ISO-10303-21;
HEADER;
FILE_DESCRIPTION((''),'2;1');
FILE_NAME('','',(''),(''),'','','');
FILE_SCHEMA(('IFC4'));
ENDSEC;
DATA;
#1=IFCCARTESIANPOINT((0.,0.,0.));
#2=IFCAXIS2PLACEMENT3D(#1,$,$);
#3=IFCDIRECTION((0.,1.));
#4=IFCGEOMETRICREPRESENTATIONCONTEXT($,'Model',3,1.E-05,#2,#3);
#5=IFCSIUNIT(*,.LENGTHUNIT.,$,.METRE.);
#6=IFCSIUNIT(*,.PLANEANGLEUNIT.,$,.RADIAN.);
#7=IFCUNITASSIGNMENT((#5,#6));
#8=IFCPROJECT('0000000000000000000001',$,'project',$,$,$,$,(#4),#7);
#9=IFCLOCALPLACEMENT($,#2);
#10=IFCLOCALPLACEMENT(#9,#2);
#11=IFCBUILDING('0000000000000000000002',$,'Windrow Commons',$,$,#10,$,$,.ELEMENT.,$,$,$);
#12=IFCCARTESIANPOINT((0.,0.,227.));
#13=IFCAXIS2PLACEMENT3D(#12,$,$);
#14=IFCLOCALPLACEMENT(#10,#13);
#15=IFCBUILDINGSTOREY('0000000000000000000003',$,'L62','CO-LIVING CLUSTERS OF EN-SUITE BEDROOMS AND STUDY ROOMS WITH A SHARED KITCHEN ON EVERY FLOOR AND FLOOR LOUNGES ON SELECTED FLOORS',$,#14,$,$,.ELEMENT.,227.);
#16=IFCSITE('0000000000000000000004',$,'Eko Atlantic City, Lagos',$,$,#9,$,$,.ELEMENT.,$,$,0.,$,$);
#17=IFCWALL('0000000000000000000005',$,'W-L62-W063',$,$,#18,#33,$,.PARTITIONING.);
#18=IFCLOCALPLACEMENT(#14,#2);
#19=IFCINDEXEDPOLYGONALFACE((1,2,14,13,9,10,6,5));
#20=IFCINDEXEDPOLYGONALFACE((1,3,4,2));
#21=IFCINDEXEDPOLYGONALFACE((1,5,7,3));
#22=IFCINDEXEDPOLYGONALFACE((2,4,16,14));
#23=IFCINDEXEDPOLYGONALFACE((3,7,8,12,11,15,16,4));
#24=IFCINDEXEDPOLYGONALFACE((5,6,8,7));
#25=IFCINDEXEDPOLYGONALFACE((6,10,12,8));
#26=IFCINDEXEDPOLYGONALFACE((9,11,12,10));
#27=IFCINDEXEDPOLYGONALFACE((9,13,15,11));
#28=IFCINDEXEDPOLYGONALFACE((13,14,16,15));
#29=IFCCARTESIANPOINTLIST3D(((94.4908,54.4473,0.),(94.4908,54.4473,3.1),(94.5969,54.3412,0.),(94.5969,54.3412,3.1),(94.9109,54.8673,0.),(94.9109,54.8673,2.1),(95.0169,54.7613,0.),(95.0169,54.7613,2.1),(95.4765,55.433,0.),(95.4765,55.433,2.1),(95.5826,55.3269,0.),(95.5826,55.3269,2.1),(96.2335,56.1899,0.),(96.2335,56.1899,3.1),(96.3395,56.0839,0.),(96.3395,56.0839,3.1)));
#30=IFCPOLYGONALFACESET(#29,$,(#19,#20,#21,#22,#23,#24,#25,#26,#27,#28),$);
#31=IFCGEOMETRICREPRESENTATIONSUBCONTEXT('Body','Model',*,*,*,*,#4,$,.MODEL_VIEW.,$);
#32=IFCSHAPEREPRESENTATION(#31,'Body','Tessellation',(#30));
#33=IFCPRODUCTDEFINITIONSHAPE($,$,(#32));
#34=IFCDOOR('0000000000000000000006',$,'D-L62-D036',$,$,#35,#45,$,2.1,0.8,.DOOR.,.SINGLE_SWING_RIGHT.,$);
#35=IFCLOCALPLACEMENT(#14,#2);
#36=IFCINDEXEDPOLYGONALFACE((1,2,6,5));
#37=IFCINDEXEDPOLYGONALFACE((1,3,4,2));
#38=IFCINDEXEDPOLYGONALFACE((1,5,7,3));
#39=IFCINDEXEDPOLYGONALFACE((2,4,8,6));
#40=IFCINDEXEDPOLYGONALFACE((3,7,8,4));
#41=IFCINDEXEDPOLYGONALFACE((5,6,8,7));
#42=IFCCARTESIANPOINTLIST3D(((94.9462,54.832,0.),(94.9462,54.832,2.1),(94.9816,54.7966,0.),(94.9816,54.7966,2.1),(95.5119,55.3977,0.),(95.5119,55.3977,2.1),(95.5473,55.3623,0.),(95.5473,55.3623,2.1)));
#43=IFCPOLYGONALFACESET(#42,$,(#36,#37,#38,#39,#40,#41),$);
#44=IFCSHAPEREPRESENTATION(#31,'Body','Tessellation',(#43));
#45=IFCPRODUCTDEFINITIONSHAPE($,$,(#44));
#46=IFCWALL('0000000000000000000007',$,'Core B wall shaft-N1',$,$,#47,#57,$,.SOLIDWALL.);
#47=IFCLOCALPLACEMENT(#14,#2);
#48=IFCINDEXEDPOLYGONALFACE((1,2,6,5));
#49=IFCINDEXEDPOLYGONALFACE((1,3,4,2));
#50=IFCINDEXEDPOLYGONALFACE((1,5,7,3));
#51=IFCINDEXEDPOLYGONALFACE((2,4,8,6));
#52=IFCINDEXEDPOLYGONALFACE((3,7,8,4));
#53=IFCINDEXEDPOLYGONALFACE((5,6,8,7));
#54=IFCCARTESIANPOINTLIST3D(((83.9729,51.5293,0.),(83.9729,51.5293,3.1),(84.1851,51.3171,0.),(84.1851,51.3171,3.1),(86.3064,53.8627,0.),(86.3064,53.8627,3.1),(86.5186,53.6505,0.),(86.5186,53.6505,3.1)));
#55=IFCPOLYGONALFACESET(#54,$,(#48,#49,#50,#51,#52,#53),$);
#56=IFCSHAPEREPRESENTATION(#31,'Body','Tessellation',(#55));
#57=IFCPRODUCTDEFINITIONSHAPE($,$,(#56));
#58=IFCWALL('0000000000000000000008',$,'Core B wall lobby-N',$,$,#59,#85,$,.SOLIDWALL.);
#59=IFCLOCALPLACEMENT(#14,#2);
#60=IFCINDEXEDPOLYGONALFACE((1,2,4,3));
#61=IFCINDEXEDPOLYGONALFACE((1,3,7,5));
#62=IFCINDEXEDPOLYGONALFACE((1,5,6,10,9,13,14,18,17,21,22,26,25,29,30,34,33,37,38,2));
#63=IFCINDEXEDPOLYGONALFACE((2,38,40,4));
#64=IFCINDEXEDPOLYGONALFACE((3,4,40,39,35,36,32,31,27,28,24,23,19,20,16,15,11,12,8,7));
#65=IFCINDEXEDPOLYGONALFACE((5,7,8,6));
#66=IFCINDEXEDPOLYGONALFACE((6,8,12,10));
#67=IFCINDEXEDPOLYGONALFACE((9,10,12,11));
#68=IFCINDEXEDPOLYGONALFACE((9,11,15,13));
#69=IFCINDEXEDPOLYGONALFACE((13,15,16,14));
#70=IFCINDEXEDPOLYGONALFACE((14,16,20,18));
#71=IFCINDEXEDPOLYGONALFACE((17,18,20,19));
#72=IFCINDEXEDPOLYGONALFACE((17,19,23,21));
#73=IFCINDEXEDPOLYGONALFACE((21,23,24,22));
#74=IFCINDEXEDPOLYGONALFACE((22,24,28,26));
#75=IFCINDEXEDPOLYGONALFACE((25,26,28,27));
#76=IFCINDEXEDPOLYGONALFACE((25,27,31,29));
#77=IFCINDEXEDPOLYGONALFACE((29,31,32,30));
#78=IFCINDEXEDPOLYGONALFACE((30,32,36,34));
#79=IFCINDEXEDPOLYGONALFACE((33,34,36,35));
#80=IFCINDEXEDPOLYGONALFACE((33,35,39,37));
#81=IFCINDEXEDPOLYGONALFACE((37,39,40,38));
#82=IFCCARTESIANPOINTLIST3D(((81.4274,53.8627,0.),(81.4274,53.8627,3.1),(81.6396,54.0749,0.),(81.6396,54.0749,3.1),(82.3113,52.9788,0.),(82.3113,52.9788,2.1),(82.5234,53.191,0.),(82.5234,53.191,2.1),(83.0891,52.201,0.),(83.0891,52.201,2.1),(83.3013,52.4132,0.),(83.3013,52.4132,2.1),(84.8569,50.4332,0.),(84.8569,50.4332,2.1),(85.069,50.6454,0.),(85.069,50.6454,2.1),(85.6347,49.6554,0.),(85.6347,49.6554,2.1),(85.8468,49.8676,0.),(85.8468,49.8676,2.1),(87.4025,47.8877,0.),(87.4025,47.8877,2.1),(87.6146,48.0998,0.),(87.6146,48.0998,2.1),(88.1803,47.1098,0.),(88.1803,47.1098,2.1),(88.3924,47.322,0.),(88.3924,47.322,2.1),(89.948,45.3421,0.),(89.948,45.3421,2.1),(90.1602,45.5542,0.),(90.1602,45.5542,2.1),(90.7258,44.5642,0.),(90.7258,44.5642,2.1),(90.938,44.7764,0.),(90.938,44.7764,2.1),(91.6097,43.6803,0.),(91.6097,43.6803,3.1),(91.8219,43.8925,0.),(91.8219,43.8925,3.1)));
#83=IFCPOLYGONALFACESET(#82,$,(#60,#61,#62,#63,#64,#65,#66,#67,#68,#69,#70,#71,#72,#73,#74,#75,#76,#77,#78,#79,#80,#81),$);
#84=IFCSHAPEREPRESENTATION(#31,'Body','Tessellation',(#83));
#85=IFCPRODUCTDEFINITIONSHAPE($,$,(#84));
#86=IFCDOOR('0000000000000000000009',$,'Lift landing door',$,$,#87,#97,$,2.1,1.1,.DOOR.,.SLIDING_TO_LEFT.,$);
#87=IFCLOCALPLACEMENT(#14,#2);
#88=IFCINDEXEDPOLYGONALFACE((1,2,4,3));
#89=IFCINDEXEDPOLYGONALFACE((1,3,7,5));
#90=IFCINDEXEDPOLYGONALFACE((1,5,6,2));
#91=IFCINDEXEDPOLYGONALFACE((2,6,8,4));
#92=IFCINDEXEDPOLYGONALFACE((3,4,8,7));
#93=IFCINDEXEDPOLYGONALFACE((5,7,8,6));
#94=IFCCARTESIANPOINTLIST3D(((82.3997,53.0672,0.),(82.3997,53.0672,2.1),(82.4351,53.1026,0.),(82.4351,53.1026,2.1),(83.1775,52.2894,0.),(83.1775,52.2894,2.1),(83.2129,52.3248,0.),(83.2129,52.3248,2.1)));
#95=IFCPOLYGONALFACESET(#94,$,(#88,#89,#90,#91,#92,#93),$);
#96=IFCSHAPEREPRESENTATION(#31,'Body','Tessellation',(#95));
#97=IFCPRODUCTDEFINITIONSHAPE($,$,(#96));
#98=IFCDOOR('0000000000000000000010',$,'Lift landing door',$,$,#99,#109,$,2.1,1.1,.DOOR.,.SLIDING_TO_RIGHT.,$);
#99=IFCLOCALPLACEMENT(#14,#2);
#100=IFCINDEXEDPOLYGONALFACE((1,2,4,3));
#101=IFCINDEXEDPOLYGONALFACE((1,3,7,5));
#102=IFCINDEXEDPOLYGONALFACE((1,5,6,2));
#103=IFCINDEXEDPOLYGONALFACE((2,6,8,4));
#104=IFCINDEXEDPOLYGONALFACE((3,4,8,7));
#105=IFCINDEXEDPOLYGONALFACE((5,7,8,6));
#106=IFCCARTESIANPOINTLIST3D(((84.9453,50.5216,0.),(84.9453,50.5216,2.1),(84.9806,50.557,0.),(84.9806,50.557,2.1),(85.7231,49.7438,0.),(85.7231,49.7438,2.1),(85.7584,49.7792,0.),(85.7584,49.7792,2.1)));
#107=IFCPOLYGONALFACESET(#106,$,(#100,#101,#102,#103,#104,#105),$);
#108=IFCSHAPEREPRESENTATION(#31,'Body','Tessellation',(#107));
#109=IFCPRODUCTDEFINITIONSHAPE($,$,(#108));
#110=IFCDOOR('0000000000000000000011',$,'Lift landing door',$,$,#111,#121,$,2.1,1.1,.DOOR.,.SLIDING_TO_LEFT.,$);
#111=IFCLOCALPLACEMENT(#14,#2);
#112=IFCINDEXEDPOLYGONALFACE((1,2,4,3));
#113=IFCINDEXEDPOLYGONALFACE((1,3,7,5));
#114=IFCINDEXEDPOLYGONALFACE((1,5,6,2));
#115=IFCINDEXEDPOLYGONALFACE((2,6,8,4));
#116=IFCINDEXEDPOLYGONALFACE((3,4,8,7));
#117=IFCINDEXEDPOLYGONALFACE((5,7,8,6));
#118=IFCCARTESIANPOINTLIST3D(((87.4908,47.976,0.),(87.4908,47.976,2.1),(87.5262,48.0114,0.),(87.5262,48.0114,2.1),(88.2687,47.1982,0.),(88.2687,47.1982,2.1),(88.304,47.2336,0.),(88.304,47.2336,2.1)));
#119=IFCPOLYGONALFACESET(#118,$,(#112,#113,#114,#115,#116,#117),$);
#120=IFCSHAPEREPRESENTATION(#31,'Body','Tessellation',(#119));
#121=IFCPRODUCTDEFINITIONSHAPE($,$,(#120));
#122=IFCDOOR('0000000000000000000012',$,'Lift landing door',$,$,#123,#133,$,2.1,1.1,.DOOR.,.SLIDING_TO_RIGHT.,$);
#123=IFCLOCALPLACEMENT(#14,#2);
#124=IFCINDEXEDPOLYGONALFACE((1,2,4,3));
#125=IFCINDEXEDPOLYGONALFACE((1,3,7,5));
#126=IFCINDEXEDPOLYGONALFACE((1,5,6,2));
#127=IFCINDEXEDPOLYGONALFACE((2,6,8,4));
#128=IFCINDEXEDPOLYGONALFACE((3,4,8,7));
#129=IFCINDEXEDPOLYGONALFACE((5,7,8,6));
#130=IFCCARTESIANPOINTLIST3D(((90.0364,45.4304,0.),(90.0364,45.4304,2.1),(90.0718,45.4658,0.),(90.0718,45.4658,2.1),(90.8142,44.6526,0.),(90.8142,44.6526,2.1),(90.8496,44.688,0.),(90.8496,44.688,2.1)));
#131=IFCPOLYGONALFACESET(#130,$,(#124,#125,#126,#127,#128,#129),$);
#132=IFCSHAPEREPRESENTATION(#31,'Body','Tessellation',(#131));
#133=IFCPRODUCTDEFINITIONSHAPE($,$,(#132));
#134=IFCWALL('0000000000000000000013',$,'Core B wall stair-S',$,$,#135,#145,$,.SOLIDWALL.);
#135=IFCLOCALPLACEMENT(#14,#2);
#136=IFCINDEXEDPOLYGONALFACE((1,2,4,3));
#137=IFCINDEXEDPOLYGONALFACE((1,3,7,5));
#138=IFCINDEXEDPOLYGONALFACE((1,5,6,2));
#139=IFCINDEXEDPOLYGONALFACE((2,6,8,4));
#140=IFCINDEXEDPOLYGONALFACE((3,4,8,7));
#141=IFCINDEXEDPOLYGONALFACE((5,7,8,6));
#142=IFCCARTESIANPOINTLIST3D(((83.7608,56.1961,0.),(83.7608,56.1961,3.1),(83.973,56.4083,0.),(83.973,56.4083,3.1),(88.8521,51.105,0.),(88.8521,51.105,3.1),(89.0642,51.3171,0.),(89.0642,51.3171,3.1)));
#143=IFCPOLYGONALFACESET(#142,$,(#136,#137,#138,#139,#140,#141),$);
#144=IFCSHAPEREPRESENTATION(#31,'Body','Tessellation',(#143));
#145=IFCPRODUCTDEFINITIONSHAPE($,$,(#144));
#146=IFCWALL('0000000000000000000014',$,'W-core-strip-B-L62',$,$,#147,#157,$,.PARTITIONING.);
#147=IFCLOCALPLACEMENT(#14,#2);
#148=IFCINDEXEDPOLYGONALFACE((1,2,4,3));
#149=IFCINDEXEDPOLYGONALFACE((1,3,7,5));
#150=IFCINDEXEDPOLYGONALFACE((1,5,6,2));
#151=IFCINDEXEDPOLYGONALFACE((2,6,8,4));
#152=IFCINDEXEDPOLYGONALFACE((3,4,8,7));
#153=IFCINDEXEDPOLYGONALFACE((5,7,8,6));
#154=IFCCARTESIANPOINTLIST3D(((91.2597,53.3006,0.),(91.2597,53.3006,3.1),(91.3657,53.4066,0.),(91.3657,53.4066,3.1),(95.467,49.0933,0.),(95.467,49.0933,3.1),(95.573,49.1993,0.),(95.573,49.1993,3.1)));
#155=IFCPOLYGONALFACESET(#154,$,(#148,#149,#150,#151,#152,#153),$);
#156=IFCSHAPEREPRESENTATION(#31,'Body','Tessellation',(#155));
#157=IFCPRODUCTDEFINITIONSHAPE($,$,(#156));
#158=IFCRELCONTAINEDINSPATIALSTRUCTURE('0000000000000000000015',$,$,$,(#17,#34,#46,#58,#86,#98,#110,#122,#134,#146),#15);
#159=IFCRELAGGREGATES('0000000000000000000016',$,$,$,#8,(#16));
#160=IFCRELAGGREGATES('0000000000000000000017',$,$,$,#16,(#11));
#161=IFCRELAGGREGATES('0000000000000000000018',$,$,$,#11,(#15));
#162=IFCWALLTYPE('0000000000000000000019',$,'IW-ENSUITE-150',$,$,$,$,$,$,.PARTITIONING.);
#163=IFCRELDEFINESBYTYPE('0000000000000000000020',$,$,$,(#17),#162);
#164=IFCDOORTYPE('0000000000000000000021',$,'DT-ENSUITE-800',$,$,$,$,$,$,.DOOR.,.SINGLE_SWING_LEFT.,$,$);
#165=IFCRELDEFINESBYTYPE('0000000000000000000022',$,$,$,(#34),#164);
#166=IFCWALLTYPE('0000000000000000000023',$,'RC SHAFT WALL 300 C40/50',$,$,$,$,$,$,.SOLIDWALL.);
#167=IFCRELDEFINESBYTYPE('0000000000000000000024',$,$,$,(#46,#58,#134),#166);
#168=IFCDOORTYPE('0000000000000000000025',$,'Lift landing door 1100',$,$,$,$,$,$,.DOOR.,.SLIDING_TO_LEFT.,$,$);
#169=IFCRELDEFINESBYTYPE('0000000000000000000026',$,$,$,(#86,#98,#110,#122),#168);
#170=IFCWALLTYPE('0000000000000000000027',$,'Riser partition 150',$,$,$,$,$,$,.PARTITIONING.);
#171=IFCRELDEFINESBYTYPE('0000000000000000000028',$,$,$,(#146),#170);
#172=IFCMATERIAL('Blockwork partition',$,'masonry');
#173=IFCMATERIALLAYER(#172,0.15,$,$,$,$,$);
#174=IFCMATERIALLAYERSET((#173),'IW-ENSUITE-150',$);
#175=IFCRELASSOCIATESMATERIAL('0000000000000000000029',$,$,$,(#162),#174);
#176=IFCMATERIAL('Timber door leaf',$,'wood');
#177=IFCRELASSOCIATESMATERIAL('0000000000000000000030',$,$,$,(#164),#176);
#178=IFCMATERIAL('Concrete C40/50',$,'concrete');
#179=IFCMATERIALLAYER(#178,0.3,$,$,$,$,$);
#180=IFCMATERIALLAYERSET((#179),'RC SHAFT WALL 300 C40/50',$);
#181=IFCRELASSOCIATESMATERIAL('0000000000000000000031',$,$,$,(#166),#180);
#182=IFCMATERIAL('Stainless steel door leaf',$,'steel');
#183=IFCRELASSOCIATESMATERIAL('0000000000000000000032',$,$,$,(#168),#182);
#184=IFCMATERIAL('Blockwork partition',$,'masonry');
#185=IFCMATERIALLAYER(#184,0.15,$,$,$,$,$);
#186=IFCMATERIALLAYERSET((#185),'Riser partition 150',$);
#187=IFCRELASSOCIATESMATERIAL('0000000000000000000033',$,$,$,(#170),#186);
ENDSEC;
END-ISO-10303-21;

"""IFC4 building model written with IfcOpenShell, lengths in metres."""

from ifc_helpers import new_model, si_unit, direction, frame, frame_2d, origin, place, context, subcontext, project, spatial, rectangle, extrude, material, layer, layer_set, type_object, element, fill, save


model = new_model("IFC4")

# Units and contexts
model_context = context("Model", 3, precision=1e-05, world=origin(), true_north=direction((0.0, 1.0)))
body_context = subcontext(model_context, "Body", "Model", "MODEL_VIEW")
ifc_project = project(units=[si_unit("LENGTHUNIT", "METRE"), si_unit("PLANEANGLEUNIT", "RADIAN")], contexts=[model_context])

# Site, building, storey
site_placement = place(None, origin())
site = spatial("IfcSite", under=ifc_project, at=site_placement, Name="Eko Atlantic City, Lagos", CompositionType="ELEMENT", RefElevation=0.0)
building_placement = place(site_placement, origin())
building = spatial("IfcBuilding", under=site, at=building_placement, Name="Windrow Commons", CompositionType="ELEMENT")
storey_placement = place(building_placement, frame((0.0, 0.0, 227.0)))
storey = spatial("IfcBuildingStorey", under=building, at=storey_placement, Name="L62", Description="CO-LIVING CLUSTERS OF EN-SUITE BEDROOMS AND STUDY ROOMS WITH A SHARED KITCHEN ON EVERY FLOOR AND FLOOR LOUNGES ON SELECTED FLOORS", CompositionType="ELEMENT", Elevation=227.0)

# Shared definitions
ifc_material_1 = material(Name="Blockwork partition", Category="masonry")
ifc_layer_1 = layer(ifc_material_1, 0.15)
ifc_layer_set_1 = layer_set([ifc_layer_1], Name="IW-ENSUITE-150")
wall_type_1 = type_object("IfcWallType", Name="IW-ENSUITE-150", PredefinedType="PARTITIONING", material=ifc_layer_set_1)

# Wall, opening, door
wall_1_placement = place(storey_placement, frame((94.5438, 54.3942, 0.0), z_axis=(0.0, 0.0, 1.0), x_axis=(0.707107, 0.707107, 0.0)))
wall_1 = element("IfcWall", 1, at=wall_1_placement, inside=storey, type_object=wall_type_1, Name="W-L62-W063", PredefinedType="PARTITIONING", context=body_context, shape_type="SweptSolid", body=[
    extrude(rectangle(XDim=2.4645, YDim=0.15, at=frame_2d((1.2323, 0.0))), origin(), (0.0, 0.0, 1.0), 3.1),
])
opening_1_placement = place(wall_1_placement, frame((0.5941, 0.0, 0.0)))
opening_1 = element("IfcOpeningElement", 2, at=opening_1_placement, cuts=wall_1, PredefinedType="OPENING", context=body_context, shape_type="SweptSolid", body=[
    extrude(rectangle(XDim=0.8, YDim=2.1, at=frame_2d((0.4, 1.05))), frame((0.0, 0.085, 0.0), z_axis=(0.0, -1.0, 0.0), x_axis=(1.0, 0.0, 0.0)), (0.0, 0.0, 1.0), 0.17),
])
ifc_material_2 = material(Name="Timber door leaf", Category="wood")
door_type_1 = type_object("IfcDoorType", Name="DT-ENSUITE-800", OperationType="SINGLE_SWING_LEFT", PredefinedType="DOOR", material=ifc_material_2)
door_1_placement = place(opening_1_placement, origin())
door_1 = element("IfcDoor", 3, at=door_1_placement, inside=storey, type_object=door_type_1, Name="D-L62-D036", OperationType="SINGLE_SWING_RIGHT", OverallHeight=2.1, OverallWidth=0.8, PredefinedType="DOOR", context=body_context, shape_type="SweptSolid", body=[
    extrude(rectangle(XDim=0.8, YDim=2.1, at=frame_2d((0.4, 1.05))), frame((0.0, 0.025, 0.0), z_axis=(0.0, -1.0, 0.0), x_axis=(1.0, 0.0, 0.0)), (0.0, 0.0, 1.0), 0.05),
])
fill(opening_1, door_1)

# Wall
ifc_material_3 = material(Name="Concrete C40/50", Category="concrete")
ifc_layer_2 = layer(ifc_material_3, 0.3)
ifc_layer_set_2 = layer_set([ifc_layer_2], Name="RC SHAFT WALL 300 C40/50")
wall_type_2 = type_object("IfcWallType", Name="RC SHAFT WALL 300 C40/50", PredefinedType="SOLIDWALL", material=ifc_layer_set_2)
wall_2_placement = place(storey_placement, frame((84.079, 51.4232, 0.0), z_axis=(0.0, 0.0, 1.0), x_axis=(0.707122, 0.707092, 0.0)))
element("IfcWall", 4, at=wall_2_placement, inside=storey, type_object=wall_type_2, Name="Core B wall shaft-N1", PredefinedType="SOLIDWALL", context=body_context, shape_type="SweptSolid", body=[
    extrude(rectangle(XDim=3.3, YDim=0.3, at=frame_2d((1.65, 0.0))), origin(), (0.0, 0.0, 1.0), 3.1),
])

# Wall, openings, doors
wall_3_placement = place(storey_placement, frame((81.5335, 53.9688, 0.0), z_axis=(0.0, 0.0, 1.0), x_axis=(0.707103, -0.70711, 0.0)))
wall_3 = element("IfcWall", 5, at=wall_3_placement, inside=storey, type_object=wall_type_2, Name="Core B wall lobby-N", PredefinedType="SOLIDWALL", context=body_context, shape_type="SweptSolid", body=[
    extrude(rectangle(XDim=14.4, YDim=0.3, at=frame_2d((7.2, 0.0))), origin(), (0.0, 0.0, 1.0), 3.1),
])
opening_2_placement = place(wall_3_placement, frame((1.25, 0.0, 0.0)))
opening_2 = element("IfcOpeningElement", 6, at=opening_2_placement, cuts=wall_3, PredefinedType="OPENING", context=body_context, shape_type="SweptSolid", body=[
    extrude(rectangle(XDim=1.1, YDim=2.1, at=frame_2d((0.55, 1.05))), frame((0.0, 0.16, 0.0), z_axis=(0.0, -1.0, 0.0), x_axis=(1.0, 0.0, 0.0)), (0.0, 0.0, 1.0), 0.32),
])
opening_3_placement = place(wall_3_placement, frame((4.85, 0.0, 0.0)))
opening_3 = element("IfcOpeningElement", 7, at=opening_3_placement, cuts=wall_3, PredefinedType="OPENING", context=body_context, shape_type="SweptSolid", body=[
    extrude(rectangle(XDim=1.1, YDim=2.1, at=frame_2d((0.55, 1.05))), frame((0.0, 0.16, 0.0), z_axis=(0.0, -1.0, 0.0), x_axis=(1.0, 0.0, 0.0)), (0.0, 0.0, 1.0), 0.32),
])
opening_4_placement = place(wall_3_placement, frame((8.45, 0.0, 0.0)))
opening_4 = element("IfcOpeningElement", 8, at=opening_4_placement, cuts=wall_3, PredefinedType="OPENING", context=body_context, shape_type="SweptSolid", body=[
    extrude(rectangle(XDim=1.1, YDim=2.1, at=frame_2d((0.55, 1.05))), frame((0.0, 0.16, 0.0), z_axis=(0.0, -1.0, 0.0), x_axis=(1.0, 0.0, 0.0)), (0.0, 0.0, 1.0), 0.32),
])
opening_5_placement = place(wall_3_placement, frame((12.05, 0.0, 0.0)))
opening_5 = element("IfcOpeningElement", 9, at=opening_5_placement, cuts=wall_3, PredefinedType="OPENING", context=body_context, shape_type="SweptSolid", body=[
    extrude(rectangle(XDim=1.1, YDim=2.1, at=frame_2d((0.55, 1.05))), frame((0.0, 0.16, 0.0), z_axis=(0.0, -1.0, 0.0), x_axis=(1.0, 0.0, 0.0)), (0.0, 0.0, 1.0), 0.32),
])
ifc_material_4 = material(Name="Stainless steel door leaf", Category="steel")
door_type_2 = type_object("IfcDoorType", Name="Lift landing door 1100", OperationType="SLIDING_TO_LEFT", PredefinedType="DOOR", material=ifc_material_4)
door_2_placement = place(opening_2_placement, origin())
door_2 = element("IfcDoor", 10, at=door_2_placement, inside=storey, type_object=door_type_2, Name="Lift landing door", OperationType="SLIDING_TO_LEFT", OverallHeight=2.1, OverallWidth=1.1, PredefinedType="DOOR", context=body_context, shape_type="SweptSolid", body=[
    extrude(rectangle(XDim=1.1, YDim=2.1, at=frame_2d((0.55, 1.05))), frame((0.0, 0.025, 0.0), z_axis=(0.0, -1.0, 0.0), x_axis=(1.0, 0.0, 0.0)), (0.0, 0.0, 1.0), 0.05),
])
fill(opening_2, door_2)
door_3_placement = place(opening_3_placement, origin())
door_3 = element("IfcDoor", 11, at=door_3_placement, inside=storey, type_object=door_type_2, Name="Lift landing door", OperationType="SLIDING_TO_RIGHT", OverallHeight=2.1, OverallWidth=1.1, PredefinedType="DOOR", context=body_context, shape_type="SweptSolid", body=[
    extrude(rectangle(XDim=1.1, YDim=2.1, at=frame_2d((0.55, 1.05))), frame((0.0, 0.025, 0.0), z_axis=(0.0, -1.0, 0.0), x_axis=(1.0, 0.0, 0.0)), (0.0, 0.0, 1.0), 0.05),
])
fill(opening_3, door_3)
door_4_placement = place(opening_4_placement, origin())
door_4 = element("IfcDoor", 12, at=door_4_placement, inside=storey, type_object=door_type_2, Name="Lift landing door", OperationType="SLIDING_TO_LEFT", OverallHeight=2.1, OverallWidth=1.1, PredefinedType="DOOR", context=body_context, shape_type="SweptSolid", body=[
    extrude(rectangle(XDim=1.1, YDim=2.1, at=frame_2d((0.55, 1.05))), frame((0.0, 0.025, 0.0), z_axis=(0.0, -1.0, 0.0), x_axis=(1.0, 0.0, 0.0)), (0.0, 0.0, 1.0), 0.05),
])
fill(opening_4, door_4)
door_5_placement = place(opening_5_placement, origin())
door_5 = element("IfcDoor", 13, at=door_5_placement, inside=storey, type_object=door_type_2, Name="Lift landing door", OperationType="SLIDING_TO_RIGHT", OverallHeight=2.1, OverallWidth=1.1, PredefinedType="DOOR", context=body_context, shape_type="SweptSolid", body=[
    extrude(rectangle(XDim=1.1, YDim=2.1, at=frame_2d((0.55, 1.05))), frame((0.0, 0.025, 0.0), z_axis=(0.0, -1.0, 0.0), x_axis=(1.0, 0.0, 0.0)), (0.0, 0.0, 1.0), 0.05),
])
fill(opening_5, door_5)

# Walls
wall_4_placement = place(storey_placement, frame((83.8669, 56.3022, 0.0), z_axis=(0.0, 0.0, 1.0), x_axis=(0.707114, -0.7071, 0.0)))
element("IfcWall", 14, at=wall_4_placement, inside=storey, type_object=wall_type_2, Name="Core B wall stair-S", PredefinedType="SOLIDWALL", context=body_context, shape_type="SweptSolid", body=[
    extrude(rectangle(XDim=7.2, YDim=0.3, at=frame_2d((3.6, 0.0))), origin(), (0.0, 0.0, 1.0), 3.1),
])
ifc_material_5 = material(Name="Blockwork partition", Category="masonry")
ifc_layer_3 = layer(ifc_material_5, 0.15)
ifc_layer_set_3 = layer_set([ifc_layer_3], Name="Riser partition 150")
wall_type_3 = type_object("IfcWallType", Name="Riser partition 150", PredefinedType="PARTITIONING", material=ifc_layer_set_3)
wall_5_placement = place(storey_placement, frame((91.3127, 53.3536, 0.0), z_axis=(0.0, 0.0, 1.0), x_axis=(0.707107, -0.707107, 0.0)))
element("IfcWall", 15, at=wall_5_placement, inside=storey, type_object=wall_type_3, Name="W-core-strip-B-L62", PredefinedType="PARTITIONING", context=body_context, shape_type="SweptSolid", body=[
    extrude(rectangle(XDim=5.95, YDim=0.15, at=frame_2d((2.975, 0.0))), origin(), (0.0, 0.0, 1.0), 3.1),
])

save(model, "model.ifc")
